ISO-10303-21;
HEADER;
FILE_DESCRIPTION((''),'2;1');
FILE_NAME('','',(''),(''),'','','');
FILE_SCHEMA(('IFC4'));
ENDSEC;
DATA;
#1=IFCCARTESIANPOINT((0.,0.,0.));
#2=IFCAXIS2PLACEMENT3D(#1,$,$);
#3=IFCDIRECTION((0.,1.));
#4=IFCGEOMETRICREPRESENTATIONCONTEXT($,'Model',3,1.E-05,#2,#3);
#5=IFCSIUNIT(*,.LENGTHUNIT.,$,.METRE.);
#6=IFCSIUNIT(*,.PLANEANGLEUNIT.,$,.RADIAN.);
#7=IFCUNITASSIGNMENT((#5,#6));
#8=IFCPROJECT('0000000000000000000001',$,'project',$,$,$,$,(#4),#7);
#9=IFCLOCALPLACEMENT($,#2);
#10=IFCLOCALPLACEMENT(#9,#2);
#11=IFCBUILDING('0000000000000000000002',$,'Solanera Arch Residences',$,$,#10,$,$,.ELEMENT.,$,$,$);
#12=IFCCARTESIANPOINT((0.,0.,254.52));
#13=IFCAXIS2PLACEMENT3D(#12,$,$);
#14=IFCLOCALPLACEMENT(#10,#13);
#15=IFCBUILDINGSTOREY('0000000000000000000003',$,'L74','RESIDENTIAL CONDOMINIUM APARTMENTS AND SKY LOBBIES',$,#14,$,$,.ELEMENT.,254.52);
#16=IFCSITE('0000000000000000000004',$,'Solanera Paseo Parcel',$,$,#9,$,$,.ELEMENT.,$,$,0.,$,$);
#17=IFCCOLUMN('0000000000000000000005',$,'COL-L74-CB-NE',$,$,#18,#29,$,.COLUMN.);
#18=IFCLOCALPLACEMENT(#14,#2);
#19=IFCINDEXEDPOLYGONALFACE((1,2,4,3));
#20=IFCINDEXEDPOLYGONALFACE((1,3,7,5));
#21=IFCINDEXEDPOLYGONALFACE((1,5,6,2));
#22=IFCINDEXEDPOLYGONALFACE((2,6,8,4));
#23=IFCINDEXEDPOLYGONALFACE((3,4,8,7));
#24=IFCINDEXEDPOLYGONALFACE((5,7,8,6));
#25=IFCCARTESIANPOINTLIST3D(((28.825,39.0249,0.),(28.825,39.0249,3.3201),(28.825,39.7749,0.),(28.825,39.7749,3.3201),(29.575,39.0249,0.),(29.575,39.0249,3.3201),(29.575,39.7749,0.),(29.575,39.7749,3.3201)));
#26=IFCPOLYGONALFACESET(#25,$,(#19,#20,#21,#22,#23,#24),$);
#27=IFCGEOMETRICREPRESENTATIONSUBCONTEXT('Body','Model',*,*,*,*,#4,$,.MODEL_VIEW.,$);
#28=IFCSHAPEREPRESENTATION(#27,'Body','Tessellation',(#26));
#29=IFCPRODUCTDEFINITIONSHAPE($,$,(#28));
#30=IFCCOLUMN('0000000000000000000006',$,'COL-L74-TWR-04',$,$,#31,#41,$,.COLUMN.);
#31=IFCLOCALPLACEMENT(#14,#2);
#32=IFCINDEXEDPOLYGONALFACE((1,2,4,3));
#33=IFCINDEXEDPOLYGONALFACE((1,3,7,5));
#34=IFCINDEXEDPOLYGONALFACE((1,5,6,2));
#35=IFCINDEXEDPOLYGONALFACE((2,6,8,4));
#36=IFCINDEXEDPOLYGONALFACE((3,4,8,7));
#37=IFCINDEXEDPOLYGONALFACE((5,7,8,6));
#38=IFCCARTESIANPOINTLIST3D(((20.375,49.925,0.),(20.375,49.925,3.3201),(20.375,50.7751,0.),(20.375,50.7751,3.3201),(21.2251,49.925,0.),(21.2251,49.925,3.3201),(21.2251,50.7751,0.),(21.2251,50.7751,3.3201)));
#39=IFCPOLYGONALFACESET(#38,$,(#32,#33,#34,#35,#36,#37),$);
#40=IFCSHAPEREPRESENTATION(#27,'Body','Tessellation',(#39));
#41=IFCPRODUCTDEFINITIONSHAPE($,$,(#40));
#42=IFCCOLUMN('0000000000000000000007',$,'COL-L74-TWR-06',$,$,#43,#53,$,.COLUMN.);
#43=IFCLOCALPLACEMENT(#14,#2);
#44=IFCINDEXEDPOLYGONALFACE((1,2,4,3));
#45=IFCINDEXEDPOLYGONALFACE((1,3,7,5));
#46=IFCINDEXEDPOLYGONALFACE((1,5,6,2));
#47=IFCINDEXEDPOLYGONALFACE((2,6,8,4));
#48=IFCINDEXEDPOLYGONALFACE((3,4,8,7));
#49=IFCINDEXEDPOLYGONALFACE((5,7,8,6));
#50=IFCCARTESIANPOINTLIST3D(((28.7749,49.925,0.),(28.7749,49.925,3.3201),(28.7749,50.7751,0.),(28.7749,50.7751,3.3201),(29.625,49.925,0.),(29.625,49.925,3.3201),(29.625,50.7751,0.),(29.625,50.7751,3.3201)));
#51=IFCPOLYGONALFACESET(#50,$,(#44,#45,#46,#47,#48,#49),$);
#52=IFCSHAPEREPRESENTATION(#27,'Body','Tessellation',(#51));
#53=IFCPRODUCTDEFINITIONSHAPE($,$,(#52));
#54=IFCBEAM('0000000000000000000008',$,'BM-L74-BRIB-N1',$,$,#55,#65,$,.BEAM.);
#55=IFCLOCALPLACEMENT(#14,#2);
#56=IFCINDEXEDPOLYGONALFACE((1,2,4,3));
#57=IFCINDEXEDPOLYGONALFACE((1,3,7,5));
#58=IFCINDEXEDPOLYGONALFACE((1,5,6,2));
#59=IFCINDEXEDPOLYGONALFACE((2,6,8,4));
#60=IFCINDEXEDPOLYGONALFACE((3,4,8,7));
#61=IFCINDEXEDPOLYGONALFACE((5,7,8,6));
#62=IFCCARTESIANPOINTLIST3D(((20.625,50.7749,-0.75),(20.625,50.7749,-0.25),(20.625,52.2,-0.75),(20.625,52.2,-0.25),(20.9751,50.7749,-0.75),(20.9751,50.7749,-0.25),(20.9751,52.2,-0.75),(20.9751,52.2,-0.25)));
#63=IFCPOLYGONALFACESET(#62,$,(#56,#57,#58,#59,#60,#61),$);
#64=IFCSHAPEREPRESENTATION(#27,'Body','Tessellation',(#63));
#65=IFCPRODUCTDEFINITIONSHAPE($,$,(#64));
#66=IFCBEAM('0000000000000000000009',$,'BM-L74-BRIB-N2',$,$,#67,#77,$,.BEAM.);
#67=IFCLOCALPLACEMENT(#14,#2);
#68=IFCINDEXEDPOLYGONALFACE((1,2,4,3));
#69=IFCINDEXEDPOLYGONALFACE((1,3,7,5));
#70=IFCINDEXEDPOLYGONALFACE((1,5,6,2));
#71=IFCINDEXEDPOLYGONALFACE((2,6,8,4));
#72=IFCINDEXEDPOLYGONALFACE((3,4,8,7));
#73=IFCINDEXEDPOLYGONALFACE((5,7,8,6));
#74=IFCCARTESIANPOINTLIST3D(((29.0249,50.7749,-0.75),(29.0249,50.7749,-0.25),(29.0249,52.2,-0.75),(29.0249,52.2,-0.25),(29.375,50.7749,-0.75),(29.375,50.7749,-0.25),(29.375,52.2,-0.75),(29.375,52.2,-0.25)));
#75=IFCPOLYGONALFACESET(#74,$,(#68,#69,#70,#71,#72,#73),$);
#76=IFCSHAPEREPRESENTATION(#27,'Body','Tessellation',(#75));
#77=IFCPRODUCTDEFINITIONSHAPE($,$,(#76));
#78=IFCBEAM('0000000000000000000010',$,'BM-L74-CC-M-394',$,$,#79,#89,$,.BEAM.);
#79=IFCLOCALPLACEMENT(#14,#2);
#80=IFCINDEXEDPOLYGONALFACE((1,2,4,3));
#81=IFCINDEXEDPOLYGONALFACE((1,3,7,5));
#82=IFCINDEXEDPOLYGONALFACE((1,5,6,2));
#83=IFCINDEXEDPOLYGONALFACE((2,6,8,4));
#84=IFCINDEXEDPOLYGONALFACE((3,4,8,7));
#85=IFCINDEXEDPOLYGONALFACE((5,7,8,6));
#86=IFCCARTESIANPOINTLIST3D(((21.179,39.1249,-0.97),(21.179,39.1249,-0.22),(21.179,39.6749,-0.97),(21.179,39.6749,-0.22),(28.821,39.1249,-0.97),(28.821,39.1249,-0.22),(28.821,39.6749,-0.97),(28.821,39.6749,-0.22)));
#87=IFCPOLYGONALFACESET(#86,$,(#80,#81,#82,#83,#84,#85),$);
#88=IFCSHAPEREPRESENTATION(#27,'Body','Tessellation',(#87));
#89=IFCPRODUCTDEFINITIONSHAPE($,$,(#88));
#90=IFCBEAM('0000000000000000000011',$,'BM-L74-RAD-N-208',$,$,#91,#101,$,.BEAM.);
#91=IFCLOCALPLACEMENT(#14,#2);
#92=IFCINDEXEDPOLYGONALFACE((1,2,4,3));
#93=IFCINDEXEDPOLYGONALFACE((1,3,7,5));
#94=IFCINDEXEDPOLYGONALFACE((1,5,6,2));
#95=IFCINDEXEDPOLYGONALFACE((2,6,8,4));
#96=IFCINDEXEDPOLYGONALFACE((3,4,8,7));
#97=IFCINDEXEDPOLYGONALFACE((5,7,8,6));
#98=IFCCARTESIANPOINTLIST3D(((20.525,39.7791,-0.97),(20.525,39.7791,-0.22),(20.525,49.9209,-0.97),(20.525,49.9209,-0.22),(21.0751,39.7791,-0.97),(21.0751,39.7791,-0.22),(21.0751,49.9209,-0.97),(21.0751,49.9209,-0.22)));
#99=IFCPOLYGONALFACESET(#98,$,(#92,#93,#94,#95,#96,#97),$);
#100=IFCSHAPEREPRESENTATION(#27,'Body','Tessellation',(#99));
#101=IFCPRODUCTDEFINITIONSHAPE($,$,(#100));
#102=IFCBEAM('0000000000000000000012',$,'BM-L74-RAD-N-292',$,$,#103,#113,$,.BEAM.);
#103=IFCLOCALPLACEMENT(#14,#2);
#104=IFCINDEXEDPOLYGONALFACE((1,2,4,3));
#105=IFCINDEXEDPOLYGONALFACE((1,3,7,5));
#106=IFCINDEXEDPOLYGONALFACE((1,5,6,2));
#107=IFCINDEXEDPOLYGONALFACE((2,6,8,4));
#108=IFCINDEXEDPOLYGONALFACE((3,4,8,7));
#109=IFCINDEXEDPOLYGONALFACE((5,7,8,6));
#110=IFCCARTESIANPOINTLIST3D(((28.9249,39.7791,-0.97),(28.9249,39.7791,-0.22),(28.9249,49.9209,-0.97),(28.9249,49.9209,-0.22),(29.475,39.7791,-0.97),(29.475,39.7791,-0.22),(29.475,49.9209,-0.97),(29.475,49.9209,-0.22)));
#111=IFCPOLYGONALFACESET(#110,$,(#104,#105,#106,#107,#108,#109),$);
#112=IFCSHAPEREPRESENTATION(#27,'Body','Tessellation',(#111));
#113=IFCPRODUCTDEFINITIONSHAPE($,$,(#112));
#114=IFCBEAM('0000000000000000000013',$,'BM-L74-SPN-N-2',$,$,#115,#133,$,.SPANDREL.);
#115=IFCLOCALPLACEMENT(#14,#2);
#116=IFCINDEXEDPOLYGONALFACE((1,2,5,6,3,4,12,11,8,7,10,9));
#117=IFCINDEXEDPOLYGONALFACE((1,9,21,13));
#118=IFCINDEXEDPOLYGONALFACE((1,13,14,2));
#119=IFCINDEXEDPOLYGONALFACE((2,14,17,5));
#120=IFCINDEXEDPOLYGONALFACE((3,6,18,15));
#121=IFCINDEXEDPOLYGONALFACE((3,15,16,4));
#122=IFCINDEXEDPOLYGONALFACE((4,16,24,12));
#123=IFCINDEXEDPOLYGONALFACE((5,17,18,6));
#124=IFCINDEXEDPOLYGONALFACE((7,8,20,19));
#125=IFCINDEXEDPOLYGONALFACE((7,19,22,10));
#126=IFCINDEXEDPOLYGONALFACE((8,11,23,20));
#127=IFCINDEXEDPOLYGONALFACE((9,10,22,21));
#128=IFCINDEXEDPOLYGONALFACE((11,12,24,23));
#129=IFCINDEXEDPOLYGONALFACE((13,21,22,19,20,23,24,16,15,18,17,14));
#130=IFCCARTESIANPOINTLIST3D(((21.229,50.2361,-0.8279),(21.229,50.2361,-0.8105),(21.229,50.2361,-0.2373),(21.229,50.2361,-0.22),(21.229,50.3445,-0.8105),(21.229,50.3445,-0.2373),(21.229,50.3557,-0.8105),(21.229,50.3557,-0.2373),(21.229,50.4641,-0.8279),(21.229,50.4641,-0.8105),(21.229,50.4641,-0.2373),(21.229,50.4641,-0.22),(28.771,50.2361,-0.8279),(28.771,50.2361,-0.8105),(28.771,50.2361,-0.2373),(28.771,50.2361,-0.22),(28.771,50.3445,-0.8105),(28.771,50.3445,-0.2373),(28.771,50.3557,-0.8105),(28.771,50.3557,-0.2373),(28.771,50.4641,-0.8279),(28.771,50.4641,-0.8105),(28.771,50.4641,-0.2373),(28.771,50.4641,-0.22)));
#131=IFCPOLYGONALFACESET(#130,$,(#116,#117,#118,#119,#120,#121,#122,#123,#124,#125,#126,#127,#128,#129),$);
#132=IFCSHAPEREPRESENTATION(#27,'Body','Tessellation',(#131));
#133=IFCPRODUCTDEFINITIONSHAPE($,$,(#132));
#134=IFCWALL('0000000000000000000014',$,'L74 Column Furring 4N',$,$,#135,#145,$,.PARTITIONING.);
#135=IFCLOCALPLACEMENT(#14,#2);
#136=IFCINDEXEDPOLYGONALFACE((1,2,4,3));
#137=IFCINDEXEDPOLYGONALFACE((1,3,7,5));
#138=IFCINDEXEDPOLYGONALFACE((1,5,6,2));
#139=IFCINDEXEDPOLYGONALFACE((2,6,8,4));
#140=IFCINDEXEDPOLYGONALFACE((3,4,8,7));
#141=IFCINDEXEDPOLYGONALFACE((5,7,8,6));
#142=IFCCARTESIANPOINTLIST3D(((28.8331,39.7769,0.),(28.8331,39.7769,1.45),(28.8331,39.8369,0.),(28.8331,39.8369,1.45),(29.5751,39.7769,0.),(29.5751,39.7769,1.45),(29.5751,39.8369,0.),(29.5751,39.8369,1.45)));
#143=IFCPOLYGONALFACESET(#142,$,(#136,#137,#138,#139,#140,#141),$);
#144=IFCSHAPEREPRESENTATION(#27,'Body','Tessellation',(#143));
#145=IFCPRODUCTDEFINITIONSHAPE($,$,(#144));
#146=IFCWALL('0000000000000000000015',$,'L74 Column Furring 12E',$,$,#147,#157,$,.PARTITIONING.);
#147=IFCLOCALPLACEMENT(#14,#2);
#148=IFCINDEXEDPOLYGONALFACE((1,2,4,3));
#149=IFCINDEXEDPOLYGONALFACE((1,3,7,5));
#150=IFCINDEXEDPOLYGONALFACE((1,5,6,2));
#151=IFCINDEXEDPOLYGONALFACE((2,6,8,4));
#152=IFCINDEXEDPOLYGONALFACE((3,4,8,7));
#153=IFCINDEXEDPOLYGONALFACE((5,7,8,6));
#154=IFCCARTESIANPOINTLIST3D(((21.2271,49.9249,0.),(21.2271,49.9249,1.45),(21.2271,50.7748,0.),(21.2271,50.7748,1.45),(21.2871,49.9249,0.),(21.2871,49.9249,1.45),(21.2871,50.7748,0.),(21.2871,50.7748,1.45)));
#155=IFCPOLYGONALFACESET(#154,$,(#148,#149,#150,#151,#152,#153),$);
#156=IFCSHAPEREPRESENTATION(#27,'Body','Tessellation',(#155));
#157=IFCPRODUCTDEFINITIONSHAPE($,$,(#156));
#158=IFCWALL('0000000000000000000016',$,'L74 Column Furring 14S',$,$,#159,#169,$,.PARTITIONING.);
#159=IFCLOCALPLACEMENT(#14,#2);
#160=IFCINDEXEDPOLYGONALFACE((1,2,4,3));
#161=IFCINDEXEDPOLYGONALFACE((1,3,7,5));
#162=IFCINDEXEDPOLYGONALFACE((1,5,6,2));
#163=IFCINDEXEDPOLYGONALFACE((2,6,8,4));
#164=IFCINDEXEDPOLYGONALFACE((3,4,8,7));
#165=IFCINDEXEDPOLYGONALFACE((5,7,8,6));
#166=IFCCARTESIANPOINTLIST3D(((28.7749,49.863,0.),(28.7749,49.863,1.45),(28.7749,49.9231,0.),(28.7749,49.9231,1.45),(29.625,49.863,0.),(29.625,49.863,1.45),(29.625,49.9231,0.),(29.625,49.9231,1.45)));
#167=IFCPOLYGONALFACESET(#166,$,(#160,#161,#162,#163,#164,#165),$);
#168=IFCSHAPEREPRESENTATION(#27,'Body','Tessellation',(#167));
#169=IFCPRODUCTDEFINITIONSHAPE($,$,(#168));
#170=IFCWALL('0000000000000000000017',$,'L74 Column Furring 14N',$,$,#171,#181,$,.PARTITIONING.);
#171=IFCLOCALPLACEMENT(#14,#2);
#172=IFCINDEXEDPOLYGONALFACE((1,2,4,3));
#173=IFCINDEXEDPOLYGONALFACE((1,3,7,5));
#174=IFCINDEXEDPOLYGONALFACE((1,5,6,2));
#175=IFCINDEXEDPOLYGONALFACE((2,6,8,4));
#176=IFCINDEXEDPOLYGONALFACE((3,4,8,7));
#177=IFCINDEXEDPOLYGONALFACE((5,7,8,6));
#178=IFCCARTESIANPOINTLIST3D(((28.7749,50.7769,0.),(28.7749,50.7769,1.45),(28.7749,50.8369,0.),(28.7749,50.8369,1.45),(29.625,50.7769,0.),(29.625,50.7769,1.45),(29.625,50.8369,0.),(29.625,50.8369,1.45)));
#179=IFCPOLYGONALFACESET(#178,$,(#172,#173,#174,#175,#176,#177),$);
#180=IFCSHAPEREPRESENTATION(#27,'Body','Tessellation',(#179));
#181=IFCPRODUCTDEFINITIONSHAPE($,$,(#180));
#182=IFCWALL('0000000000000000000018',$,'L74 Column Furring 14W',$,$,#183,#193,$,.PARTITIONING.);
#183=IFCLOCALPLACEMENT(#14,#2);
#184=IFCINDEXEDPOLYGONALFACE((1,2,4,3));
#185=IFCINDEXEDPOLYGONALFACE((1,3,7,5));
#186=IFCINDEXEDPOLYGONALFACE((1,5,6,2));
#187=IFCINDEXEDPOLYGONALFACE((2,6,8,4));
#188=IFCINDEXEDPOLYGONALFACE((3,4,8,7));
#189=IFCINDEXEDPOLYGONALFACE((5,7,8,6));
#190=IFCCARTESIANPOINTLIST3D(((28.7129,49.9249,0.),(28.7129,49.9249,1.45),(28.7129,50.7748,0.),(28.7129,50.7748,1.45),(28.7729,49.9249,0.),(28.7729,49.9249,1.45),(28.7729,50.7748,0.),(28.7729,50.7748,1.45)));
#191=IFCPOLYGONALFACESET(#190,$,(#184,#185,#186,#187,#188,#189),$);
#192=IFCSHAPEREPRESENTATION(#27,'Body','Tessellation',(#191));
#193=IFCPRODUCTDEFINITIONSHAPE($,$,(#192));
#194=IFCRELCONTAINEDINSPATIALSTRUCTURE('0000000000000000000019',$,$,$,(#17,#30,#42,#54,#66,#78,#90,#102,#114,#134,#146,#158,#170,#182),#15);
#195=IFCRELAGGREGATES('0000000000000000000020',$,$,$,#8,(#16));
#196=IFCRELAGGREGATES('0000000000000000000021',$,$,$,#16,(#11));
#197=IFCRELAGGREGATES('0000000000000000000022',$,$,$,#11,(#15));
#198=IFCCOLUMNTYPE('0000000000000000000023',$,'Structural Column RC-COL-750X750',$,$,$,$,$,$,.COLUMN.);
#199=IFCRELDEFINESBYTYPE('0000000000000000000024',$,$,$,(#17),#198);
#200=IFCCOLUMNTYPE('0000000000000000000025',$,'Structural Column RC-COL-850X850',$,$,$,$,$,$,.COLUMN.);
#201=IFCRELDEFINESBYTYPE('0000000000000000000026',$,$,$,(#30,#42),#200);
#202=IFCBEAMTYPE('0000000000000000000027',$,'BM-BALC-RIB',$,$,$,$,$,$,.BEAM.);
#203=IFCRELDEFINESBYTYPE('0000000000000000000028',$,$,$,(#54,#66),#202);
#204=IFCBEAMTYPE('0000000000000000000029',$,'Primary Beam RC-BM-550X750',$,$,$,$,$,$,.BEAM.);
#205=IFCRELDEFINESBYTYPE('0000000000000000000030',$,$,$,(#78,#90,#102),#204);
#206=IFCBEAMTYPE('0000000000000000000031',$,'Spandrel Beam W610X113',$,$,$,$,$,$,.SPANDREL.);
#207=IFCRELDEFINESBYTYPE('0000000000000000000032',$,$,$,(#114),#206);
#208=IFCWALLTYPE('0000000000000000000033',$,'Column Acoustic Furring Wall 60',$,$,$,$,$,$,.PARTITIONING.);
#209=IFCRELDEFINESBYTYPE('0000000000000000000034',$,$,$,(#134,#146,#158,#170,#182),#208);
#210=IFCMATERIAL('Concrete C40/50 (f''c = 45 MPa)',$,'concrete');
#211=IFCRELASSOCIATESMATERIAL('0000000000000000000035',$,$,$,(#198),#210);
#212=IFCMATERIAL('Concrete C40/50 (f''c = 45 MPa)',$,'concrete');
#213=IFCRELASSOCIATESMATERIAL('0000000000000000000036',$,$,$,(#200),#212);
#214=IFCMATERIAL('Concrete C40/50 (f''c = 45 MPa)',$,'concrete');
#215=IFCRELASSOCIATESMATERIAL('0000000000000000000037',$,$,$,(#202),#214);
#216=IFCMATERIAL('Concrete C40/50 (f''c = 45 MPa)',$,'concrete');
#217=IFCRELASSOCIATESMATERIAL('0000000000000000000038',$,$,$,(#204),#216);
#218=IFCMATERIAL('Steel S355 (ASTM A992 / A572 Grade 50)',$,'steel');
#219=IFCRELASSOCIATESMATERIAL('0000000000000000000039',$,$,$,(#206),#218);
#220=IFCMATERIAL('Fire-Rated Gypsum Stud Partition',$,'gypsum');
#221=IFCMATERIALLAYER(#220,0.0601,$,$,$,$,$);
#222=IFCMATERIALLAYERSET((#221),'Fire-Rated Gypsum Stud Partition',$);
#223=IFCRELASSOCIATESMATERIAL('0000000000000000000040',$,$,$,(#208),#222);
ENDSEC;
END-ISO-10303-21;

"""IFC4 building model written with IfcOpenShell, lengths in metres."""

from ifc_helpers import new_model, si_unit, direction, frame, frame_2d, origin, origin_2d, place, context, subcontext, project, spatial, rectangle, i_section, extrude, material, layer, layer_set, material_profile, profile_set, type_object, element, save


model = new_model("IFC4")

# Units and contexts
model_context = context("Model", 3, precision=1e-05, world=origin(), true_north=direction((0.0, 1.0)))
body_context = subcontext(model_context, "Body", "Model", "MODEL_VIEW")
ifc_project = project(units=[si_unit("LENGTHUNIT", "METRE"), si_unit("PLANEANGLEUNIT", "RADIAN")], contexts=[model_context])

# Site, building, storey
site_placement = place(None, origin())
site = spatial("IfcSite", under=ifc_project, at=site_placement, Name="Solanera Paseo Parcel", CompositionType="ELEMENT", RefElevation=0.0)
building_placement = place(site_placement, origin())
building = spatial("IfcBuilding", under=site, at=building_placement, Name="Solanera Arch Residences", CompositionType="ELEMENT")
storey_placement = place(building_placement, frame((0.0, 0.0, 254.52)))
storey = spatial("IfcBuildingStorey", under=building, at=storey_placement, Name="L74", Description="RESIDENTIAL CONDOMINIUM APARTMENTS AND SKY LOBBIES", CompositionType="ELEMENT", Elevation=254.52)

# Columns
ifc_material_1 = material(Name="Concrete C40/50 (f'c = 45 MPa)", Category="concrete")
ifc_material_profile_1 = material_profile(ifc_material_1, rectangle(XDim=0.75, YDim=0.75, at=origin_2d()))
ifc_profile_set_1 = profile_set([ifc_material_profile_1], Name="Concrete C40/50 (f'c = 45 MPa)")
column_type_1 = type_object("IfcColumnType", Name="Structural Column RC-COL-750X750", PredefinedType="COLUMN", material=ifc_profile_set_1)
column_placement = place(storey_placement, frame((29.2, 39.3999, 0.0), z_axis=(0.0, 0.0, 1.0), x_axis=(1.0, 0.0, 0.0)))
element("IfcColumn", 1, at=column_placement, inside=storey, type_object=column_type_1, Name="COL-L74-CB-NE", PredefinedType="COLUMN", context=body_context, shape_type="SweptSolid", body=[
    extrude(rectangle(XDim=0.75, YDim=0.75, at=origin_2d()), origin(), (0.0, 0.0, 1.0), 3.3201),
])
ifc_material_2 = material(Name="Concrete C40/50 (f'c = 45 MPa)", Category="concrete")
ifc_material_profile_2 = material_profile(ifc_material_2, rectangle(XDim=0.8501, YDim=0.8501, at=origin_2d()))
ifc_profile_set_2 = profile_set([ifc_material_profile_2], Name="Concrete C40/50 (f'c = 45 MPa)")
column_type_2 = type_object("IfcColumnType", Name="Structural Column RC-COL-850X850", PredefinedType="COLUMN", material=ifc_profile_set_2)
for number, where, z_axis, x_axis, name in (
    (2, (20.8, 50.3501, 0.0), (0.0, 0.0, 1.0), (1.0, 0.0, 0.0), "COL-L74-TWR-04"),
    (3, (29.2, 50.3501, 0.0), (0.0, 0.0, 1.0), (1.0, 0.0, 0.0), "COL-L74-TWR-06"),
):
    element("IfcColumn", number, at=place(storey_placement, frame(where, z_axis=z_axis, x_axis=x_axis)), inside=storey, type_object=column_type_2, Name=name, PredefinedType="COLUMN", context=body_context, shape_type="SweptSolid", body=[
        extrude(rectangle(XDim=0.8501, YDim=0.8501, at=origin_2d()), origin(), (0.0, 0.0, 1.0), 3.3201),
    ])

# Beams
ifc_material_3 = material(Name="Concrete C40/50 (f'c = 45 MPa)", Category="concrete")
ifc_material_profile_3 = material_profile(ifc_material_3, rectangle(XDim=0.3501, YDim=0.5, at=origin_2d()))
ifc_profile_set_3 = profile_set([ifc_material_profile_3], Name="Concrete C40/50 (f'c = 45 MPa)")
beam_type_1 = type_object("IfcBeamType", Name="BM-BALC-RIB", PredefinedType="BEAM", material=ifc_profile_set_3)
for number, where, z_axis, x_axis, name in (
    (4, (20.8, 50.7749, -0.5), (0.0, 1.0, 0.0), (-1.0, 0.0, 0.0), "BM-L74-BRIB-N1"),
    (5, (29.2, 50.7749, -0.5), (0.0, 1.0, 0.0), (-1.0, 0.0, 0.0), "BM-L74-BRIB-N2"),
):
    element("IfcBeam", number, at=place(storey_placement, frame(where, z_axis=z_axis, x_axis=x_axis)), inside=storey, type_object=beam_type_1, Name=name, PredefinedType="BEAM", context=body_context, shape_type="SweptSolid", body=[
        extrude(rectangle(XDim=0.3501, YDim=0.5, at=origin_2d()), origin(), (0.0, 0.0, 1.0), 1.425),
    ])
ifc_material_4 = material(Name="Concrete C40/50 (f'c = 45 MPa)", Category="concrete")
ifc_material_profile_4 = material_profile(ifc_material_4, rectangle(XDim=0.55, YDim=0.75, at=origin_2d()))
ifc_profile_set_4 = profile_set([ifc_material_profile_4], Name="Concrete C40/50 (f'c = 45 MPa)")
beam_type_2 = type_object("IfcBeamType", Name="Primary Beam RC-BM-550X750", PredefinedType="BEAM", material=ifc_profile_set_4)
beam_1_placement = place(storey_placement, frame((21.179, 39.3999, -0.595), z_axis=(1.0, 0.0, 0.0), x_axis=(0.0, 1.0, 0.0)))
element("IfcBeam", 6, at=beam_1_placement, inside=storey, type_object=beam_type_2, Name="BM-L74-CC-M-394", PredefinedType="BEAM", context=body_context, shape_type="SweptSolid", body=[
    extrude(rectangle(XDim=0.55, YDim=0.75, at=origin_2d()), origin(), (0.0, 0.0, 1.0), 7.6421),
])
for number, where, z_axis, x_axis, name in (
    (7, (20.8, 39.7791, -0.595), (0.0, 1.0, 0.0), (-1.0, 0.0, 0.0), "BM-L74-RAD-N-208"),
    (8, (29.2, 39.7791, -0.595), (0.0, 1.0, 0.0), (-1.0, 0.0, 0.0), "BM-L74-RAD-N-292"),
):
    element("IfcBeam", number, at=place(storey_placement, frame(where, z_axis=z_axis, x_axis=x_axis)), inside=storey, type_object=beam_type_2, Name=name, PredefinedType="BEAM", context=body_context, shape_type="SweptSolid", body=[
        extrude(rectangle(XDim=0.55, YDim=0.75, at=origin_2d()), origin(), (0.0, 0.0, 1.0), 10.1418),
    ])
ifc_material_5 = material(Name="Steel S355 (ASTM A992 / A572 Grade 50)", Category="steel")
ifc_material_profile_5 = material_profile(ifc_material_5, i_section(OverallWidth=0.228, OverallDepth=0.6079, WebThickness=0.0112, FlangeThickness=0.0173, at=origin_2d()))
ifc_profile_set_5 = profile_set([ifc_material_profile_5], Name="Steel S355 (ASTM A992 / A572 Grade 50)")
beam_type_3 = type_object("IfcBeamType", Name="Spandrel Beam W610X113", PredefinedType="SPANDREL", material=ifc_profile_set_5)
beam_2_placement = place(storey_placement, frame((21.229, 50.3501, -0.5239), z_axis=(1.0, 0.0, 0.0), x_axis=(0.0, 1.0, 0.0)))
element("IfcBeam", 9, at=beam_2_placement, inside=storey, type_object=beam_type_3, Name="BM-L74-SPN-N-2", PredefinedType="SPANDREL", context=body_context, shape_type="SweptSolid", body=[
    extrude(i_section(OverallWidth=0.228, OverallDepth=0.6079, WebThickness=0.0112, FlangeThickness=0.0173, at=origin_2d()), origin(), (0.0, 0.0, 1.0), 7.542),
])

# Walls
ifc_material_6 = material(Name="Fire-Rated Gypsum Stud Partition", Category="gypsum")
ifc_layer_1 = layer(ifc_material_6, 0.0601)
ifc_layer_set_1 = layer_set([ifc_layer_1], Name="Fire-Rated Gypsum Stud Partition")
wall_type_1 = type_object("IfcWallType", Name="Column Acoustic Furring Wall 60", PredefinedType="PARTITIONING", material=ifc_layer_set_1)
wall_1_placement = place(storey_placement, frame((28.833, 39.8069, 0.0), z_axis=(0.0, 0.0, 1.0), x_axis=(1.0, 0.0, 0.0)))
element("IfcWall", 10, at=wall_1_placement, inside=storey, type_object=wall_type_1, Name="L74 Column Furring 4N", PredefinedType="PARTITIONING", context=body_context, shape_type="SweptSolid", body=[
    extrude(rectangle(XDim=0.7419, YDim=0.0601, at=frame_2d((0.3711, 0.0))), origin(), (0.0, 0.0, 1.0), 1.45),
])
wall_2_placement = place(storey_placement, frame((21.2571, 49.925, 0.0), z_axis=(0.0, 0.0, 1.0), x_axis=(0.0, 1.0, 0.0)))
element("IfcWall", 11, at=wall_2_placement, inside=storey, type_object=wall_type_1, Name="L74 Column Furring 12E", PredefinedType="PARTITIONING", context=body_context, shape_type="SweptSolid", body=[
    extrude(rectangle(XDim=0.8499, YDim=0.0601, at=frame_2d((0.4248, 0.0))), origin(), (0.0, 0.0, 1.0), 1.45),
])
for number, where, z_axis, x_axis, name in (
    (12, (28.7749, 49.8931, 0.0), (0.0, 0.0, 1.0), (1.0, 0.0, 0.0), "L74 Column Furring 14S"),
    (13, (28.7749, 50.8069, 0.0), (0.0, 0.0, 1.0), (1.0, 0.0, 0.0), "L74 Column Furring 14N"),
):
    element("IfcWall", number, at=place(storey_placement, frame(where, z_axis=z_axis, x_axis=x_axis)), inside=storey, type_object=wall_type_1, Name=name, PredefinedType="PARTITIONING", context=body_context, shape_type="SweptSolid", body=[
        extrude(rectangle(XDim=0.8501, YDim=0.0601, at=frame_2d((0.425, 0.0))), origin(), (0.0, 0.0, 1.0), 1.45),
    ])
wall_3_placement = place(storey_placement, frame((28.7429, 49.925, 0.0), z_axis=(0.0, 0.0, 1.0), x_axis=(0.0, 1.0, 0.0)))
element("IfcWall", 14, at=wall_3_placement, inside=storey, type_object=wall_type_1, Name="L74 Column Furring 14W", PredefinedType="PARTITIONING", context=body_context, shape_type="SweptSolid", body=[
    extrude(rectangle(XDim=0.8499, YDim=0.0601, at=frame_2d((0.4248, 0.0))), origin(), (0.0, 0.0, 1.0), 1.45),
])

save(model, "model.ifc")
